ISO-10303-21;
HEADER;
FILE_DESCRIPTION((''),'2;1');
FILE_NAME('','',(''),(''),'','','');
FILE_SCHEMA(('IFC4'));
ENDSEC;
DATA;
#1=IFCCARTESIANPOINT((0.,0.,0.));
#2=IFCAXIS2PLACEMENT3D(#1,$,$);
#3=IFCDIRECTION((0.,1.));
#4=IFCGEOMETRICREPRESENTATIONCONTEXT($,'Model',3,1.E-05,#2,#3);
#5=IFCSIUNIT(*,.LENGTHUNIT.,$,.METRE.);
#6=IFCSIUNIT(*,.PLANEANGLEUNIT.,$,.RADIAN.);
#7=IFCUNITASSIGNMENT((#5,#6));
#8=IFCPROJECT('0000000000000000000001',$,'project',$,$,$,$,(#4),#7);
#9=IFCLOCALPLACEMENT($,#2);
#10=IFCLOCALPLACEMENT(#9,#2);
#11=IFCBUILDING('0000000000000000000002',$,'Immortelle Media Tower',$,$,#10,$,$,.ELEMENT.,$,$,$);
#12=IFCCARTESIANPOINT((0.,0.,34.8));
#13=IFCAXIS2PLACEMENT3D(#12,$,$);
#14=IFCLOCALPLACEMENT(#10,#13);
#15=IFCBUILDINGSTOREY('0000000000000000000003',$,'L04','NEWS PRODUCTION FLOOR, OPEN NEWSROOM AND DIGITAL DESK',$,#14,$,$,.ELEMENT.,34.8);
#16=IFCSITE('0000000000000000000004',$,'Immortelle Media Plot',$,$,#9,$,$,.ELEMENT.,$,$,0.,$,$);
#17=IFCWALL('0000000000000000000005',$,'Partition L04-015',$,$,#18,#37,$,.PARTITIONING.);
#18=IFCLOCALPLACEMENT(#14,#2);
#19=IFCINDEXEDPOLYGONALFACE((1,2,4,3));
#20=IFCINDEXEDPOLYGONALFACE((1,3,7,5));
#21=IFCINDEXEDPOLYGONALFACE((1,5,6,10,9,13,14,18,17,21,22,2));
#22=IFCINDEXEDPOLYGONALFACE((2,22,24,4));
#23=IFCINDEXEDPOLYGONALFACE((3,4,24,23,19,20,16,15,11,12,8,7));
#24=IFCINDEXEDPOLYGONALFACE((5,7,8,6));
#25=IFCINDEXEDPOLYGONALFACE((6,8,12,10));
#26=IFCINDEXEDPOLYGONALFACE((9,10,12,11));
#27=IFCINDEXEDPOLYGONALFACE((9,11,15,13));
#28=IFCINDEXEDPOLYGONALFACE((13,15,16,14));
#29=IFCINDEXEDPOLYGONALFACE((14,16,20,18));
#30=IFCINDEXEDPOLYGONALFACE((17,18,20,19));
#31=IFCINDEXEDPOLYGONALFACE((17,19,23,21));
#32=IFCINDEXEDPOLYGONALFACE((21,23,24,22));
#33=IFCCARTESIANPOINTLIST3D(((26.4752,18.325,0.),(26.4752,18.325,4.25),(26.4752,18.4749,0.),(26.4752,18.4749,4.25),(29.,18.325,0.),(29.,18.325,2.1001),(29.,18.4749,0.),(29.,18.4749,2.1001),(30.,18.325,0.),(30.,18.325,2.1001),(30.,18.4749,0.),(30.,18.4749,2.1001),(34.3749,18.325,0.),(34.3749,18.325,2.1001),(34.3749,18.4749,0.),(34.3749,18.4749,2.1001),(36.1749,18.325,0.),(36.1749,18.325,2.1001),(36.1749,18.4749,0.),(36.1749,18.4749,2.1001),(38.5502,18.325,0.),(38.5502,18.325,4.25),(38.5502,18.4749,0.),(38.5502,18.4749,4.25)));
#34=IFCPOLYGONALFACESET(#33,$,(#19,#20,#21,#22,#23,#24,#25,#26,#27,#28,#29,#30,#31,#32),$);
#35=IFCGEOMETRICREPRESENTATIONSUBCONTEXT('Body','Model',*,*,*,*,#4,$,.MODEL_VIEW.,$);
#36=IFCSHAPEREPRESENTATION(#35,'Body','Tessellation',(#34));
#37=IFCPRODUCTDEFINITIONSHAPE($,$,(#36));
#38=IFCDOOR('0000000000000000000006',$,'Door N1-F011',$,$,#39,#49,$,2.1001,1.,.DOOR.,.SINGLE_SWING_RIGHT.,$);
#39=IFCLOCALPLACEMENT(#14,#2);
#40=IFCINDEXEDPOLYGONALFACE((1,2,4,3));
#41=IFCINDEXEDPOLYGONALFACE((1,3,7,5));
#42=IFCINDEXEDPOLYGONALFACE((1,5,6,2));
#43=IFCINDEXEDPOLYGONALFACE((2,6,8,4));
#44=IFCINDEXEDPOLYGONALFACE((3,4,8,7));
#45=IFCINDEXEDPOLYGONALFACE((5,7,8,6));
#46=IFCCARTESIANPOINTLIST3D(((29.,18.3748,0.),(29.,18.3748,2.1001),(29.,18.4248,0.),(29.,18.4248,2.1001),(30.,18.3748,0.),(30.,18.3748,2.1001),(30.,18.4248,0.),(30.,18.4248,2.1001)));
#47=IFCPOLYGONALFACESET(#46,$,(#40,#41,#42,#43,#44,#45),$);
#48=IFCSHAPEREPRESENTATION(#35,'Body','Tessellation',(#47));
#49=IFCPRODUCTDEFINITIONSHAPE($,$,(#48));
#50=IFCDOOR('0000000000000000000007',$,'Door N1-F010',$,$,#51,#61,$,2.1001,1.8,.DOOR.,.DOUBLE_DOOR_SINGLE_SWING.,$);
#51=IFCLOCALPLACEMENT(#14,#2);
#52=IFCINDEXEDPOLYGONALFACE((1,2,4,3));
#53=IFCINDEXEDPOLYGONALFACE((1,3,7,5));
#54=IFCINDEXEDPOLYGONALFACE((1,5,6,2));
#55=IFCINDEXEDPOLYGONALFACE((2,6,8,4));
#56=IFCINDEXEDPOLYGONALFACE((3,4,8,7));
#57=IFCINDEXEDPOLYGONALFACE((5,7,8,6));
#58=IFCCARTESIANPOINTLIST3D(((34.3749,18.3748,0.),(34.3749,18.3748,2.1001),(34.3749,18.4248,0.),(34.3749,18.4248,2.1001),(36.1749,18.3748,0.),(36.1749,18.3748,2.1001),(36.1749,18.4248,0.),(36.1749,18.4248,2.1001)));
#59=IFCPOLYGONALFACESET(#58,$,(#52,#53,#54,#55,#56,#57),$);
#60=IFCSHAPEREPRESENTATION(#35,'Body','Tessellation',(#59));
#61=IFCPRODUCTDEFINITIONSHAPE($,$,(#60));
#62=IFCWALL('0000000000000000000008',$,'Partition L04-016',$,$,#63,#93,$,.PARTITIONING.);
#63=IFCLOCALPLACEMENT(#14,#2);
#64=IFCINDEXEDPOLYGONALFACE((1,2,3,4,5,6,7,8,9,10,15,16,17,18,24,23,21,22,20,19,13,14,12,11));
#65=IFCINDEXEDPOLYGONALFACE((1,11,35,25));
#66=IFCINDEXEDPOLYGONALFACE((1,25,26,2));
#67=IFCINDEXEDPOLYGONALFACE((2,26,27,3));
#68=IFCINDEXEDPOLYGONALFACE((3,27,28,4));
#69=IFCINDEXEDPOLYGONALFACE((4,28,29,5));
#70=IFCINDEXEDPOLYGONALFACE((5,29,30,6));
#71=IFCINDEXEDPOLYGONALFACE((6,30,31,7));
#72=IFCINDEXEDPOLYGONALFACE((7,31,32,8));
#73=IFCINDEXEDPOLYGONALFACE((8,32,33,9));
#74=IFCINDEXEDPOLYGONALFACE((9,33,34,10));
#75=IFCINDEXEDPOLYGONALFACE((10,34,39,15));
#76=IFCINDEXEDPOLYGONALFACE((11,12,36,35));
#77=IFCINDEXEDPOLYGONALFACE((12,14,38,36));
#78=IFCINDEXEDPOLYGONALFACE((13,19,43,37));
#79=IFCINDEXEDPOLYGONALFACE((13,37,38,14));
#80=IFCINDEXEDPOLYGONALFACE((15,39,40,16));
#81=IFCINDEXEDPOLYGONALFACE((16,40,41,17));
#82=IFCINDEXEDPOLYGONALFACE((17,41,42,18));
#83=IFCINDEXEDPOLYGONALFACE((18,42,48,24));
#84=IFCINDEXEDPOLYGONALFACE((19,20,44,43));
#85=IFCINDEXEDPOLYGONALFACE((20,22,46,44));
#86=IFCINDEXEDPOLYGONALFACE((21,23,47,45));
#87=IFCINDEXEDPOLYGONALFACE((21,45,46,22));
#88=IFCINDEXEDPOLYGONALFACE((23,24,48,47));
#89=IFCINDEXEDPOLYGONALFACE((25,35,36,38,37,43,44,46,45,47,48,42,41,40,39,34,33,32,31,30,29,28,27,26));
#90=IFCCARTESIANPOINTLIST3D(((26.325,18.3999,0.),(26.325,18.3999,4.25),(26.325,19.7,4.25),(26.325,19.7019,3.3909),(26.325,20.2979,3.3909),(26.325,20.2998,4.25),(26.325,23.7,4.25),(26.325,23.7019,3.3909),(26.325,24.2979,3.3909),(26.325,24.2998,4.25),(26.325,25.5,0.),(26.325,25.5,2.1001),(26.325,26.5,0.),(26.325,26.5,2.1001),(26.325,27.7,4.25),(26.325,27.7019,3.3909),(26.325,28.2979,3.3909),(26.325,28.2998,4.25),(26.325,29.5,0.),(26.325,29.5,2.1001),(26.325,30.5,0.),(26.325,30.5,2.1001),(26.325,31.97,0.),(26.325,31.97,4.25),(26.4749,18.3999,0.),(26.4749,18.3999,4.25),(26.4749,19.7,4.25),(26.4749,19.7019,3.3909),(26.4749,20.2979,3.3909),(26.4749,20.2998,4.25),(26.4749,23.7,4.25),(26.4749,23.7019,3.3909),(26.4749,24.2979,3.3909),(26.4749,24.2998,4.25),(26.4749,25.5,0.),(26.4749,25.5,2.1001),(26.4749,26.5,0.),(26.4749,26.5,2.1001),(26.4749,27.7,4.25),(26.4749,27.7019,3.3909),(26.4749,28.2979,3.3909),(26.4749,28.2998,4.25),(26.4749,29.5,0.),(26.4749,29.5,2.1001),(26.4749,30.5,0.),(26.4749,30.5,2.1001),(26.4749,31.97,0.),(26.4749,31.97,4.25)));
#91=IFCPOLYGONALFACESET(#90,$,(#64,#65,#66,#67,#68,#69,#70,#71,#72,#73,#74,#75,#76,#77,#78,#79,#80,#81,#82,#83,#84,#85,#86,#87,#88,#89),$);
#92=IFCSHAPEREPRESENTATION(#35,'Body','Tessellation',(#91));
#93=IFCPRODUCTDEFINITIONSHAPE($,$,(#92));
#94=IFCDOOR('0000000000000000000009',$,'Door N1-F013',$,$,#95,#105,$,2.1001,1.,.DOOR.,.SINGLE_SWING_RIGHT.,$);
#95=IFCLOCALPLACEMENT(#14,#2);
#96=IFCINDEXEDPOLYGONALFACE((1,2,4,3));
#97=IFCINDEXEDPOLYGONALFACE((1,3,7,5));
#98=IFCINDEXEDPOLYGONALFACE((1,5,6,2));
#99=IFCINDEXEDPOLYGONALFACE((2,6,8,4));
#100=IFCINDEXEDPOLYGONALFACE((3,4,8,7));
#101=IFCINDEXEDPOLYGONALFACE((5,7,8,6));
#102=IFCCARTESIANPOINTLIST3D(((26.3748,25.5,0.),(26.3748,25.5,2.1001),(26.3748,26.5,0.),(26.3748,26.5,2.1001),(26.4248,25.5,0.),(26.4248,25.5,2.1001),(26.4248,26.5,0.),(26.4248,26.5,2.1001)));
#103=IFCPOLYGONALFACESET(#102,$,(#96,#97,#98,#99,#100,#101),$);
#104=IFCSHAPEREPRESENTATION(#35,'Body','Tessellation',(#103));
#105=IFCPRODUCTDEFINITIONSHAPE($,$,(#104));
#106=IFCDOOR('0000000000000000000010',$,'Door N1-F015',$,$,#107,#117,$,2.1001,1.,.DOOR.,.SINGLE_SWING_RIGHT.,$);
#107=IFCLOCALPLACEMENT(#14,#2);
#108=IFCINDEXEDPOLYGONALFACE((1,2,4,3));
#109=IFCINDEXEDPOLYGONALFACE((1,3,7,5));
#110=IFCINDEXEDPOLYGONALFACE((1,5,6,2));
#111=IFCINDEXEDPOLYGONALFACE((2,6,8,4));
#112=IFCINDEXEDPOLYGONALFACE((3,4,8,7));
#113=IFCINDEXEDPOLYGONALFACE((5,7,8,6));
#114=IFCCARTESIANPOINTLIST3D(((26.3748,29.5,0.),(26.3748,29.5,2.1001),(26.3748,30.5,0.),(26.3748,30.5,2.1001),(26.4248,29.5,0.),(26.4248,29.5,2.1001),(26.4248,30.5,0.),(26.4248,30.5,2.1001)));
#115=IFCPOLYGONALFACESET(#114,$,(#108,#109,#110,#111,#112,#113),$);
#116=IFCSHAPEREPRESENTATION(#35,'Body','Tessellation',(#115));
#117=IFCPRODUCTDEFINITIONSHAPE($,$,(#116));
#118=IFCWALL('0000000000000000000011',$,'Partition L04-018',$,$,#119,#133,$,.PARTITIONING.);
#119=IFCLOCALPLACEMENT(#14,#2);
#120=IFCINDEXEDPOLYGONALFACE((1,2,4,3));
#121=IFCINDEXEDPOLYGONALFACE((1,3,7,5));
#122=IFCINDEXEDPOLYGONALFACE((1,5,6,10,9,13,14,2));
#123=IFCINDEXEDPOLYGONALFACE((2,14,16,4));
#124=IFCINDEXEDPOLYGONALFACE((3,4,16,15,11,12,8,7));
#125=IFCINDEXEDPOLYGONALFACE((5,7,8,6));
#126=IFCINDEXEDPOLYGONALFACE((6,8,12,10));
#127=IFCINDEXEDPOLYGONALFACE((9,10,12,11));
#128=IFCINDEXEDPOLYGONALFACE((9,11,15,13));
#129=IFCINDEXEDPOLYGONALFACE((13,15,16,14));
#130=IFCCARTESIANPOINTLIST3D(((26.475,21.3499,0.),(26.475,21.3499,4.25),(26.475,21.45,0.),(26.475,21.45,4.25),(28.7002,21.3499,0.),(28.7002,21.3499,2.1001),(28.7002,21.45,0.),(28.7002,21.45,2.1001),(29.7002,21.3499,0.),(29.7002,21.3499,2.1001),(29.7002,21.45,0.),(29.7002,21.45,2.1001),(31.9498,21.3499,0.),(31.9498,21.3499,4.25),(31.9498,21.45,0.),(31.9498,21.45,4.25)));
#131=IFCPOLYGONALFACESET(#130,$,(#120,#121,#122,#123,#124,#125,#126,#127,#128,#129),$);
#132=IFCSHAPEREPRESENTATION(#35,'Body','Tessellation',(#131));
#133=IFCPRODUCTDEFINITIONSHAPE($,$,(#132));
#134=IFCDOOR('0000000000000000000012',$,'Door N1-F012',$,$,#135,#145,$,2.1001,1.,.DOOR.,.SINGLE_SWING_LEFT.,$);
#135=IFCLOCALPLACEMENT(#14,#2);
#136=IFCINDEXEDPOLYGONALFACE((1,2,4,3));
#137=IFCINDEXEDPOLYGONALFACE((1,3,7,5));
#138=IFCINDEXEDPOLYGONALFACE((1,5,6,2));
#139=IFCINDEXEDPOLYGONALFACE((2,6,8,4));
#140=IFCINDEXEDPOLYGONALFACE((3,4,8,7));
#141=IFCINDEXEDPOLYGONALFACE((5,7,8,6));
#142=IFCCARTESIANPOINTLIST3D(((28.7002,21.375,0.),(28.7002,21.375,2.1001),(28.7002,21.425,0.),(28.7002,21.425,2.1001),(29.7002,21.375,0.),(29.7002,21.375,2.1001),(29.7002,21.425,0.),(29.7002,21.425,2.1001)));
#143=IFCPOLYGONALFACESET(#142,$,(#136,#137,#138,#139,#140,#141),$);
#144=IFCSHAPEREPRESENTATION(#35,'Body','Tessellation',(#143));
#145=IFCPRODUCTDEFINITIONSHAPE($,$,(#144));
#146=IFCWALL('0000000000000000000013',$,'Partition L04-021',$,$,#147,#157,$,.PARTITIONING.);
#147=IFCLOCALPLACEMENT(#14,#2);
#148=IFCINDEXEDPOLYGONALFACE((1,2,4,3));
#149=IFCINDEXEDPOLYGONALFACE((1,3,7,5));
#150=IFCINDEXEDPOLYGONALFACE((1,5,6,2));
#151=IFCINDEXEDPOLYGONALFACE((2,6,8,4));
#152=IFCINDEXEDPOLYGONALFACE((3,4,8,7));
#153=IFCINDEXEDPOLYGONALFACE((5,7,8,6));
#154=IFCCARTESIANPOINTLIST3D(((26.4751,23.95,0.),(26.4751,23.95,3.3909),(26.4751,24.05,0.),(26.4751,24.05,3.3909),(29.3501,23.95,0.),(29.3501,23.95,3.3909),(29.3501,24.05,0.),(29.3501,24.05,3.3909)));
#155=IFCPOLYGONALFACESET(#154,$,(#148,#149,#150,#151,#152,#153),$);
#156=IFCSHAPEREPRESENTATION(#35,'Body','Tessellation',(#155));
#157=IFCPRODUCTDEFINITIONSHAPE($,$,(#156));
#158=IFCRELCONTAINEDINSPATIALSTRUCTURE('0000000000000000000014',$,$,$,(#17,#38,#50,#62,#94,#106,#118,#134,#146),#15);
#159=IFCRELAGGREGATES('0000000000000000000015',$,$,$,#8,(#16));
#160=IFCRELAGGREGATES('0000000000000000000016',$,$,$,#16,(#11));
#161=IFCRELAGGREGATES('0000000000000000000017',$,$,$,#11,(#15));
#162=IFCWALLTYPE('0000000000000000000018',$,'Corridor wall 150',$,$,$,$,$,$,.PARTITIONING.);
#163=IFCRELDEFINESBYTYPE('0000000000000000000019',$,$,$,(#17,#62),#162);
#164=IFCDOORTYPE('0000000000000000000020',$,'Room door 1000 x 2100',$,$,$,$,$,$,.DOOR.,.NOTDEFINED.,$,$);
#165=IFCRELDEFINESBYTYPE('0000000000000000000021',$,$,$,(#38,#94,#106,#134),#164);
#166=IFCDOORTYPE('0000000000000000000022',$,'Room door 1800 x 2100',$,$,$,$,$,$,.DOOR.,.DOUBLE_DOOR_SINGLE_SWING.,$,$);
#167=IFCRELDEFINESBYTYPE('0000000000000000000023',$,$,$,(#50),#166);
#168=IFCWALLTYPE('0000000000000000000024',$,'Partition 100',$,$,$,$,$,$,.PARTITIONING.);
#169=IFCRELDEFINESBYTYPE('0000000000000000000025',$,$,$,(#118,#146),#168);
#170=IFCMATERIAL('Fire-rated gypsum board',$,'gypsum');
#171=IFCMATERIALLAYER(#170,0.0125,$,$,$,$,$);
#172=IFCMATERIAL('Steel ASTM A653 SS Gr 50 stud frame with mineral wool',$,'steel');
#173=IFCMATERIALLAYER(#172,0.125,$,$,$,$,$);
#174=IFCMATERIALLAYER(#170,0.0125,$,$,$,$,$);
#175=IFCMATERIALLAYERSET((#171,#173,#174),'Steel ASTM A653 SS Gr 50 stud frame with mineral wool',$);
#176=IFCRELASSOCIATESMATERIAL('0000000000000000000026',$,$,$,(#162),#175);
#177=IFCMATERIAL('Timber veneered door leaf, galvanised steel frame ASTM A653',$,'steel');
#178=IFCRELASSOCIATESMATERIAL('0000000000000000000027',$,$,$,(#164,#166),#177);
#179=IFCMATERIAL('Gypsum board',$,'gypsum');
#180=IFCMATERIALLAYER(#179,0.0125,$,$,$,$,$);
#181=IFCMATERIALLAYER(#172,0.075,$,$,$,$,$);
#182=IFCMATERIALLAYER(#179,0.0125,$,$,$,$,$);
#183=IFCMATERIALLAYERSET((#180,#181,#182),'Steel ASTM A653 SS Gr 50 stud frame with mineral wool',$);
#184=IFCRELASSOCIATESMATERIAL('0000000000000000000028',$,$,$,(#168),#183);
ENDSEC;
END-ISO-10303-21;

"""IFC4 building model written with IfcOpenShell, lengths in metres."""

from ifc_helpers import new_model, si_unit, direction, frame, frame_2d, origin, place, context, subcontext, project, spatial, polyline, rectangle, outline, extrude, material, layer, layer_set, type_object, element, fill, save


model = new_model("IFC4")

# Units and contexts
model_context = context("Model", 3, precision=1e-05, world=origin(), true_north=direction((0.0, 1.0)))
body_context = subcontext(model_context, "Body", "Model", "MODEL_VIEW")
ifc_project = project(units=[si_unit("LENGTHUNIT", "METRE"), si_unit("PLANEANGLEUNIT", "RADIAN")], contexts=[model_context])

# Site, building, storey
site_placement = place(None, origin())
site = spatial("IfcSite", under=ifc_project, at=site_placement, Name="Immortelle Media Plot", CompositionType="ELEMENT", RefElevation=0.0)
building_placement = place(site_placement, origin())
building = spatial("IfcBuilding", under=site, at=building_placement, Name="Immortelle Media Tower", CompositionType="ELEMENT")
storey_placement = place(building_placement, frame((0.0, 0.0, 34.8)))
storey = spatial("IfcBuildingStorey", under=building, at=storey_placement, Name="L04", Description="NEWS PRODUCTION FLOOR, OPEN NEWSROOM AND DIGITAL DESK", CompositionType="ELEMENT", Elevation=34.8)

# Shared definitions
ifc_material_1 = material(Name="Fire-rated gypsum board", Category="gypsum")
ifc_material_2 = material(Name="Steel ASTM A653 SS Gr 50 stud frame with mineral wool", Category="steel")

# Walls, openings, doors
ifc_layer_1 = layer(ifc_material_1, 0.0125)
ifc_layer_2 = layer(ifc_material_2, 0.125)
ifc_layer_3 = layer(ifc_material_1, 0.0125)
ifc_layer_set_1 = layer_set([ifc_layer_1, ifc_layer_2, ifc_layer_3], Name="Steel ASTM A653 SS Gr 50 stud frame with mineral wool")
wall_type_1 = type_object("IfcWallType", Name="Corridor wall 150", PredefinedType="PARTITIONING", material=ifc_layer_set_1)
wall_1_placement = place(storey_placement, frame((26.4751, 18.3999, 0.0), z_axis=(0.0, 0.0, 1.0), x_axis=(1.0, 0.0, 0.0)))
wall_1 = element("IfcWall", 1, at=wall_1_placement, inside=storey, type_object=wall_type_1, Name="Partition L04-015", PredefinedType="PARTITIONING", context=body_context, shape_type="SweptSolid", body=[
    extrude(rectangle(XDim=12.075, YDim=0.1499, at=frame_2d((6.0376, 0.0))), origin(), (0.0, 0.0, 1.0), 4.25),
])
opening_1_placement = place(wall_1_placement, frame((7.8999, 0.0, 0.0)))
opening_1 = element("IfcOpeningElement", 2, at=opening_1_placement, cuts=wall_1, PredefinedType="OPENING", context=body_context, shape_type="SweptSolid", body=[
    extrude(rectangle(XDim=1.8, YDim=2.1001, at=frame_2d((0.8999, 1.05))), frame((0.0, 0.085, 0.0), z_axis=(0.0, -1.0, 0.0), x_axis=(1.0, 0.0, 0.0)), (0.0, 0.0, 1.0), 0.1699),
])
opening_2_placement = place(wall_1_placement, frame((2.5249, 0.0, 0.0)))
opening_2 = element("IfcOpeningElement", 3, at=opening_2_placement, cuts=wall_1, PredefinedType="OPENING", context=body_context, shape_type="SweptSolid", body=[
    extrude(rectangle(XDim=1.0, YDim=2.1001, at=frame_2d((0.5, 1.05))), frame((0.0, 0.085, 0.0), z_axis=(0.0, -1.0, 0.0), x_axis=(1.0, 0.0, 0.0)), (0.0, 0.0, 1.0), 0.1699),
])
ifc_material_3 = material(Name="Timber veneered door leaf, galvanised steel frame ASTM A653", Category="steel")
door_type_1 = type_object("IfcDoorType", Name="Room door 1000 x 2100", OperationType="NOTDEFINED", PredefinedType="DOOR", material=ifc_material_3)
door_1_placement = place(opening_2_placement, origin())
door_1 = element("IfcDoor", 4, at=door_1_placement, inside=storey, type_object=door_type_1, Name="Door N1-F011", OperationType="SINGLE_SWING_RIGHT", OverallHeight=2.1001, OverallWidth=1.0, PredefinedType="DOOR", context=body_context, shape_type="SweptSolid", body=[
    extrude(rectangle(XDim=1.0, YDim=2.1001, at=frame_2d((0.5, 1.05))), frame((0.0, 0.0249, 0.0), z_axis=(0.0, -1.0, 0.0), x_axis=(1.0, 0.0, 0.0)), (0.0, 0.0, 1.0), 0.05),
])
fill(opening_2, door_1)
door_type_2 = type_object("IfcDoorType", Name="Room door 1800 x 2100", OperationType="DOUBLE_DOOR_SINGLE_SWING", PredefinedType="DOOR", material=ifc_material_3)
door_2_placement = place(opening_1_placement, origin())
door_2 = element("IfcDoor", 5, at=door_2_placement, inside=storey, type_object=door_type_2, Name="Door N1-F010", OperationType="DOUBLE_DOOR_SINGLE_SWING", OverallHeight=2.1001, OverallWidth=1.8, PredefinedType="DOOR", context=body_context, shape_type="SweptSolid", body=[
    extrude(rectangle(XDim=1.8, YDim=2.1001, at=frame_2d((0.8999, 1.05))), frame((0.0, 0.0249, 0.0), z_axis=(0.0, -1.0, 0.0), x_axis=(1.0, 0.0, 0.0)), (0.0, 0.0, 1.0), 0.05),
])
fill(opening_1, door_2)
wall_2_placement = place(storey_placement, frame((26.3999, 18.3999, 0.0), z_axis=(0.0, 0.0, 1.0), x_axis=(0.0, 1.0, 0.0)))
wall_2 = element("IfcWall", 6, at=wall_2_placement, inside=storey, type_object=wall_type_1, Name="Partition L04-016", PredefinedType="PARTITIONING", context=body_context, shape_type="SweptSolid", body=[
    extrude(outline(polyline([(0.0, 0.0), (13.5701, 0.0), (13.5701, 4.25), (9.8999, 4.25), (9.8979, 3.3909), (9.302, 3.3909), (9.3, 4.25), (5.8999, 4.25), (5.8979, 3.3909), (5.302, 3.3909), (5.3, 4.25), (1.8999, 4.25), (1.8979, 3.3909), (1.302, 3.3909), (1.3, 4.25), (0.0, 4.25), (0.0, 0.0)])), frame((0.0, 0.075, 0.0), z_axis=(0.0, -1.0, 0.0), x_axis=(1.0, 0.0, 0.0)), (0.0, 0.0, 1.0), 0.1499),
])
opening_3_placement = place(wall_2_placement, frame((8.1001, 0.0, 0.0), z_axis=(0.0, 0.0, 1.0), x_axis=(-1.0, 0.0, 0.0)))
opening_3 = element("IfcOpeningElement", 7, at=opening_3_placement, cuts=wall_2, PredefinedType="OPENING", context=body_context, shape_type="SweptSolid", body=[
    extrude(rectangle(XDim=1.0, YDim=2.1001, at=frame_2d((0.5, 1.05))), frame((0.0, 0.085, 0.0), z_axis=(0.0, -1.0, 0.0), x_axis=(1.0, 0.0, 0.0)), (0.0, 0.0, 1.0), 0.1699),
])
opening_4_placement = place(wall_2_placement, frame((12.1001, 0.0, 0.0), z_axis=(0.0, 0.0, 1.0), x_axis=(-1.0, 0.0, 0.0)))
opening_4 = element("IfcOpeningElement", 8, at=opening_4_placement, cuts=wall_2, PredefinedType="OPENING", context=body_context, shape_type="SweptSolid", body=[
    extrude(rectangle(XDim=1.0, YDim=2.1001, at=frame_2d((0.5, 1.05))), frame((0.0, 0.085, 0.0), z_axis=(0.0, -1.0, 0.0), x_axis=(1.0, 0.0, 0.0)), (0.0, 0.0, 1.0), 0.1699),
])
door_3_placement = place(opening_3_placement, origin())
door_3 = element("IfcDoor", 9, at=door_3_placement, inside=storey, type_object=door_type_1, Name="Door N1-F013", OperationType="SINGLE_SWING_RIGHT", OverallHeight=2.1001, OverallWidth=1.0, PredefinedType="DOOR", context=body_context, shape_type="SweptSolid", body=[
    extrude(rectangle(XDim=1.0, YDim=2.1001, at=frame_2d((0.5, 1.05))), frame((0.0, 0.0249, 0.0), z_axis=(0.0, -1.0, 0.0), x_axis=(1.0, 0.0, 0.0)), (0.0, 0.0, 1.0), 0.05),
])
fill(opening_3, door_3)
door_4_placement = place(opening_4_placement, origin())
door_4 = element("IfcDoor", 10, at=door_4_placement, inside=storey, type_object=door_type_1, Name="Door N1-F015", OperationType="SINGLE_SWING_RIGHT", OverallHeight=2.1001, OverallWidth=1.0, PredefinedType="DOOR", context=body_context, shape_type="SweptSolid", body=[
    extrude(rectangle(XDim=1.0, YDim=2.1001, at=frame_2d((0.5, 1.05))), frame((0.0, 0.0249, 0.0), z_axis=(0.0, -1.0, 0.0), x_axis=(1.0, 0.0, 0.0)), (0.0, 0.0, 1.0), 0.05),
])
fill(opening_4, door_4)

# Wall, opening, door
ifc_material_4 = material(Name="Gypsum board", Category="gypsum")
ifc_layer_4 = layer(ifc_material_4, 0.0125)
ifc_layer_5 = layer(ifc_material_2, 0.075)
ifc_layer_6 = layer(ifc_material_4, 0.0125)
ifc_layer_set_2 = layer_set([ifc_layer_4, ifc_layer_5, ifc_layer_6], Name="Steel ASTM A653 SS Gr 50 stud frame with mineral wool")
wall_type_2 = type_object("IfcWallType", Name="Partition 100", PredefinedType="PARTITIONING", material=ifc_layer_set_2)
wall_3_placement = place(storey_placement, frame((26.4751, 21.3999, 0.0), z_axis=(0.0, 0.0, 1.0), x_axis=(1.0, 0.0, 0.0)))
wall_3 = element("IfcWall", 11, at=wall_3_placement, inside=storey, type_object=wall_type_2, Name="Partition L04-018", PredefinedType="PARTITIONING", context=body_context, shape_type="SweptSolid", body=[
    extrude(rectangle(XDim=5.4749, YDim=0.1001, at=frame_2d((2.7373, 0.0))), origin(), (0.0, 0.0, 1.0), 4.25),
])
opening_5_placement = place(wall_3_placement, frame((3.2251, 0.0, 0.0), z_axis=(0.0, 0.0, 1.0), x_axis=(-1.0, 0.0, 0.0)))
opening_5 = element("IfcOpeningElement", 12, at=opening_5_placement, cuts=wall_3, PredefinedType="OPENING", context=body_context, shape_type="SweptSolid", body=[
    extrude(rectangle(XDim=1.0, YDim=2.1001, at=frame_2d((0.5, 1.05))), frame((0.0, 0.0601, 0.0), z_axis=(0.0, -1.0, 0.0), x_axis=(1.0, 0.0, 0.0)), (0.0, 0.0, 1.0), 0.1201),
])
door_5_placement = place(opening_5_placement, origin())
door_5 = element("IfcDoor", 13, at=door_5_placement, inside=storey, type_object=door_type_1, Name="Door N1-F012", OperationType="SINGLE_SWING_LEFT", OverallHeight=2.1001, OverallWidth=1.0, PredefinedType="DOOR", context=body_context, shape_type="SweptSolid", body=[
    extrude(rectangle(XDim=1.0, YDim=2.1001, at=frame_2d((0.5, 1.05))), frame((0.0, 0.0249, 0.0), z_axis=(0.0, -1.0, 0.0), x_axis=(1.0, 0.0, 0.0)), (0.0, 0.0, 1.0), 0.05),
])
fill(opening_5, door_5)

# Wall
wall_4_placement = place(storey_placement, frame((26.4751, 24.0, 0.0), z_axis=(0.0, 0.0, 1.0), x_axis=(1.0, 0.0, 0.0)))
element("IfcWall", 14, at=wall_4_placement, inside=storey, type_object=wall_type_2, Name="Partition L04-021", PredefinedType="PARTITIONING", context=body_context, shape_type="SweptSolid", body=[
    extrude(rectangle(XDim=2.875, YDim=0.1001, at=frame_2d((1.4375, 0.0))), origin(), (0.0, 0.0, 1.0), 3.3909),
])

save(model, "model.ifc")
